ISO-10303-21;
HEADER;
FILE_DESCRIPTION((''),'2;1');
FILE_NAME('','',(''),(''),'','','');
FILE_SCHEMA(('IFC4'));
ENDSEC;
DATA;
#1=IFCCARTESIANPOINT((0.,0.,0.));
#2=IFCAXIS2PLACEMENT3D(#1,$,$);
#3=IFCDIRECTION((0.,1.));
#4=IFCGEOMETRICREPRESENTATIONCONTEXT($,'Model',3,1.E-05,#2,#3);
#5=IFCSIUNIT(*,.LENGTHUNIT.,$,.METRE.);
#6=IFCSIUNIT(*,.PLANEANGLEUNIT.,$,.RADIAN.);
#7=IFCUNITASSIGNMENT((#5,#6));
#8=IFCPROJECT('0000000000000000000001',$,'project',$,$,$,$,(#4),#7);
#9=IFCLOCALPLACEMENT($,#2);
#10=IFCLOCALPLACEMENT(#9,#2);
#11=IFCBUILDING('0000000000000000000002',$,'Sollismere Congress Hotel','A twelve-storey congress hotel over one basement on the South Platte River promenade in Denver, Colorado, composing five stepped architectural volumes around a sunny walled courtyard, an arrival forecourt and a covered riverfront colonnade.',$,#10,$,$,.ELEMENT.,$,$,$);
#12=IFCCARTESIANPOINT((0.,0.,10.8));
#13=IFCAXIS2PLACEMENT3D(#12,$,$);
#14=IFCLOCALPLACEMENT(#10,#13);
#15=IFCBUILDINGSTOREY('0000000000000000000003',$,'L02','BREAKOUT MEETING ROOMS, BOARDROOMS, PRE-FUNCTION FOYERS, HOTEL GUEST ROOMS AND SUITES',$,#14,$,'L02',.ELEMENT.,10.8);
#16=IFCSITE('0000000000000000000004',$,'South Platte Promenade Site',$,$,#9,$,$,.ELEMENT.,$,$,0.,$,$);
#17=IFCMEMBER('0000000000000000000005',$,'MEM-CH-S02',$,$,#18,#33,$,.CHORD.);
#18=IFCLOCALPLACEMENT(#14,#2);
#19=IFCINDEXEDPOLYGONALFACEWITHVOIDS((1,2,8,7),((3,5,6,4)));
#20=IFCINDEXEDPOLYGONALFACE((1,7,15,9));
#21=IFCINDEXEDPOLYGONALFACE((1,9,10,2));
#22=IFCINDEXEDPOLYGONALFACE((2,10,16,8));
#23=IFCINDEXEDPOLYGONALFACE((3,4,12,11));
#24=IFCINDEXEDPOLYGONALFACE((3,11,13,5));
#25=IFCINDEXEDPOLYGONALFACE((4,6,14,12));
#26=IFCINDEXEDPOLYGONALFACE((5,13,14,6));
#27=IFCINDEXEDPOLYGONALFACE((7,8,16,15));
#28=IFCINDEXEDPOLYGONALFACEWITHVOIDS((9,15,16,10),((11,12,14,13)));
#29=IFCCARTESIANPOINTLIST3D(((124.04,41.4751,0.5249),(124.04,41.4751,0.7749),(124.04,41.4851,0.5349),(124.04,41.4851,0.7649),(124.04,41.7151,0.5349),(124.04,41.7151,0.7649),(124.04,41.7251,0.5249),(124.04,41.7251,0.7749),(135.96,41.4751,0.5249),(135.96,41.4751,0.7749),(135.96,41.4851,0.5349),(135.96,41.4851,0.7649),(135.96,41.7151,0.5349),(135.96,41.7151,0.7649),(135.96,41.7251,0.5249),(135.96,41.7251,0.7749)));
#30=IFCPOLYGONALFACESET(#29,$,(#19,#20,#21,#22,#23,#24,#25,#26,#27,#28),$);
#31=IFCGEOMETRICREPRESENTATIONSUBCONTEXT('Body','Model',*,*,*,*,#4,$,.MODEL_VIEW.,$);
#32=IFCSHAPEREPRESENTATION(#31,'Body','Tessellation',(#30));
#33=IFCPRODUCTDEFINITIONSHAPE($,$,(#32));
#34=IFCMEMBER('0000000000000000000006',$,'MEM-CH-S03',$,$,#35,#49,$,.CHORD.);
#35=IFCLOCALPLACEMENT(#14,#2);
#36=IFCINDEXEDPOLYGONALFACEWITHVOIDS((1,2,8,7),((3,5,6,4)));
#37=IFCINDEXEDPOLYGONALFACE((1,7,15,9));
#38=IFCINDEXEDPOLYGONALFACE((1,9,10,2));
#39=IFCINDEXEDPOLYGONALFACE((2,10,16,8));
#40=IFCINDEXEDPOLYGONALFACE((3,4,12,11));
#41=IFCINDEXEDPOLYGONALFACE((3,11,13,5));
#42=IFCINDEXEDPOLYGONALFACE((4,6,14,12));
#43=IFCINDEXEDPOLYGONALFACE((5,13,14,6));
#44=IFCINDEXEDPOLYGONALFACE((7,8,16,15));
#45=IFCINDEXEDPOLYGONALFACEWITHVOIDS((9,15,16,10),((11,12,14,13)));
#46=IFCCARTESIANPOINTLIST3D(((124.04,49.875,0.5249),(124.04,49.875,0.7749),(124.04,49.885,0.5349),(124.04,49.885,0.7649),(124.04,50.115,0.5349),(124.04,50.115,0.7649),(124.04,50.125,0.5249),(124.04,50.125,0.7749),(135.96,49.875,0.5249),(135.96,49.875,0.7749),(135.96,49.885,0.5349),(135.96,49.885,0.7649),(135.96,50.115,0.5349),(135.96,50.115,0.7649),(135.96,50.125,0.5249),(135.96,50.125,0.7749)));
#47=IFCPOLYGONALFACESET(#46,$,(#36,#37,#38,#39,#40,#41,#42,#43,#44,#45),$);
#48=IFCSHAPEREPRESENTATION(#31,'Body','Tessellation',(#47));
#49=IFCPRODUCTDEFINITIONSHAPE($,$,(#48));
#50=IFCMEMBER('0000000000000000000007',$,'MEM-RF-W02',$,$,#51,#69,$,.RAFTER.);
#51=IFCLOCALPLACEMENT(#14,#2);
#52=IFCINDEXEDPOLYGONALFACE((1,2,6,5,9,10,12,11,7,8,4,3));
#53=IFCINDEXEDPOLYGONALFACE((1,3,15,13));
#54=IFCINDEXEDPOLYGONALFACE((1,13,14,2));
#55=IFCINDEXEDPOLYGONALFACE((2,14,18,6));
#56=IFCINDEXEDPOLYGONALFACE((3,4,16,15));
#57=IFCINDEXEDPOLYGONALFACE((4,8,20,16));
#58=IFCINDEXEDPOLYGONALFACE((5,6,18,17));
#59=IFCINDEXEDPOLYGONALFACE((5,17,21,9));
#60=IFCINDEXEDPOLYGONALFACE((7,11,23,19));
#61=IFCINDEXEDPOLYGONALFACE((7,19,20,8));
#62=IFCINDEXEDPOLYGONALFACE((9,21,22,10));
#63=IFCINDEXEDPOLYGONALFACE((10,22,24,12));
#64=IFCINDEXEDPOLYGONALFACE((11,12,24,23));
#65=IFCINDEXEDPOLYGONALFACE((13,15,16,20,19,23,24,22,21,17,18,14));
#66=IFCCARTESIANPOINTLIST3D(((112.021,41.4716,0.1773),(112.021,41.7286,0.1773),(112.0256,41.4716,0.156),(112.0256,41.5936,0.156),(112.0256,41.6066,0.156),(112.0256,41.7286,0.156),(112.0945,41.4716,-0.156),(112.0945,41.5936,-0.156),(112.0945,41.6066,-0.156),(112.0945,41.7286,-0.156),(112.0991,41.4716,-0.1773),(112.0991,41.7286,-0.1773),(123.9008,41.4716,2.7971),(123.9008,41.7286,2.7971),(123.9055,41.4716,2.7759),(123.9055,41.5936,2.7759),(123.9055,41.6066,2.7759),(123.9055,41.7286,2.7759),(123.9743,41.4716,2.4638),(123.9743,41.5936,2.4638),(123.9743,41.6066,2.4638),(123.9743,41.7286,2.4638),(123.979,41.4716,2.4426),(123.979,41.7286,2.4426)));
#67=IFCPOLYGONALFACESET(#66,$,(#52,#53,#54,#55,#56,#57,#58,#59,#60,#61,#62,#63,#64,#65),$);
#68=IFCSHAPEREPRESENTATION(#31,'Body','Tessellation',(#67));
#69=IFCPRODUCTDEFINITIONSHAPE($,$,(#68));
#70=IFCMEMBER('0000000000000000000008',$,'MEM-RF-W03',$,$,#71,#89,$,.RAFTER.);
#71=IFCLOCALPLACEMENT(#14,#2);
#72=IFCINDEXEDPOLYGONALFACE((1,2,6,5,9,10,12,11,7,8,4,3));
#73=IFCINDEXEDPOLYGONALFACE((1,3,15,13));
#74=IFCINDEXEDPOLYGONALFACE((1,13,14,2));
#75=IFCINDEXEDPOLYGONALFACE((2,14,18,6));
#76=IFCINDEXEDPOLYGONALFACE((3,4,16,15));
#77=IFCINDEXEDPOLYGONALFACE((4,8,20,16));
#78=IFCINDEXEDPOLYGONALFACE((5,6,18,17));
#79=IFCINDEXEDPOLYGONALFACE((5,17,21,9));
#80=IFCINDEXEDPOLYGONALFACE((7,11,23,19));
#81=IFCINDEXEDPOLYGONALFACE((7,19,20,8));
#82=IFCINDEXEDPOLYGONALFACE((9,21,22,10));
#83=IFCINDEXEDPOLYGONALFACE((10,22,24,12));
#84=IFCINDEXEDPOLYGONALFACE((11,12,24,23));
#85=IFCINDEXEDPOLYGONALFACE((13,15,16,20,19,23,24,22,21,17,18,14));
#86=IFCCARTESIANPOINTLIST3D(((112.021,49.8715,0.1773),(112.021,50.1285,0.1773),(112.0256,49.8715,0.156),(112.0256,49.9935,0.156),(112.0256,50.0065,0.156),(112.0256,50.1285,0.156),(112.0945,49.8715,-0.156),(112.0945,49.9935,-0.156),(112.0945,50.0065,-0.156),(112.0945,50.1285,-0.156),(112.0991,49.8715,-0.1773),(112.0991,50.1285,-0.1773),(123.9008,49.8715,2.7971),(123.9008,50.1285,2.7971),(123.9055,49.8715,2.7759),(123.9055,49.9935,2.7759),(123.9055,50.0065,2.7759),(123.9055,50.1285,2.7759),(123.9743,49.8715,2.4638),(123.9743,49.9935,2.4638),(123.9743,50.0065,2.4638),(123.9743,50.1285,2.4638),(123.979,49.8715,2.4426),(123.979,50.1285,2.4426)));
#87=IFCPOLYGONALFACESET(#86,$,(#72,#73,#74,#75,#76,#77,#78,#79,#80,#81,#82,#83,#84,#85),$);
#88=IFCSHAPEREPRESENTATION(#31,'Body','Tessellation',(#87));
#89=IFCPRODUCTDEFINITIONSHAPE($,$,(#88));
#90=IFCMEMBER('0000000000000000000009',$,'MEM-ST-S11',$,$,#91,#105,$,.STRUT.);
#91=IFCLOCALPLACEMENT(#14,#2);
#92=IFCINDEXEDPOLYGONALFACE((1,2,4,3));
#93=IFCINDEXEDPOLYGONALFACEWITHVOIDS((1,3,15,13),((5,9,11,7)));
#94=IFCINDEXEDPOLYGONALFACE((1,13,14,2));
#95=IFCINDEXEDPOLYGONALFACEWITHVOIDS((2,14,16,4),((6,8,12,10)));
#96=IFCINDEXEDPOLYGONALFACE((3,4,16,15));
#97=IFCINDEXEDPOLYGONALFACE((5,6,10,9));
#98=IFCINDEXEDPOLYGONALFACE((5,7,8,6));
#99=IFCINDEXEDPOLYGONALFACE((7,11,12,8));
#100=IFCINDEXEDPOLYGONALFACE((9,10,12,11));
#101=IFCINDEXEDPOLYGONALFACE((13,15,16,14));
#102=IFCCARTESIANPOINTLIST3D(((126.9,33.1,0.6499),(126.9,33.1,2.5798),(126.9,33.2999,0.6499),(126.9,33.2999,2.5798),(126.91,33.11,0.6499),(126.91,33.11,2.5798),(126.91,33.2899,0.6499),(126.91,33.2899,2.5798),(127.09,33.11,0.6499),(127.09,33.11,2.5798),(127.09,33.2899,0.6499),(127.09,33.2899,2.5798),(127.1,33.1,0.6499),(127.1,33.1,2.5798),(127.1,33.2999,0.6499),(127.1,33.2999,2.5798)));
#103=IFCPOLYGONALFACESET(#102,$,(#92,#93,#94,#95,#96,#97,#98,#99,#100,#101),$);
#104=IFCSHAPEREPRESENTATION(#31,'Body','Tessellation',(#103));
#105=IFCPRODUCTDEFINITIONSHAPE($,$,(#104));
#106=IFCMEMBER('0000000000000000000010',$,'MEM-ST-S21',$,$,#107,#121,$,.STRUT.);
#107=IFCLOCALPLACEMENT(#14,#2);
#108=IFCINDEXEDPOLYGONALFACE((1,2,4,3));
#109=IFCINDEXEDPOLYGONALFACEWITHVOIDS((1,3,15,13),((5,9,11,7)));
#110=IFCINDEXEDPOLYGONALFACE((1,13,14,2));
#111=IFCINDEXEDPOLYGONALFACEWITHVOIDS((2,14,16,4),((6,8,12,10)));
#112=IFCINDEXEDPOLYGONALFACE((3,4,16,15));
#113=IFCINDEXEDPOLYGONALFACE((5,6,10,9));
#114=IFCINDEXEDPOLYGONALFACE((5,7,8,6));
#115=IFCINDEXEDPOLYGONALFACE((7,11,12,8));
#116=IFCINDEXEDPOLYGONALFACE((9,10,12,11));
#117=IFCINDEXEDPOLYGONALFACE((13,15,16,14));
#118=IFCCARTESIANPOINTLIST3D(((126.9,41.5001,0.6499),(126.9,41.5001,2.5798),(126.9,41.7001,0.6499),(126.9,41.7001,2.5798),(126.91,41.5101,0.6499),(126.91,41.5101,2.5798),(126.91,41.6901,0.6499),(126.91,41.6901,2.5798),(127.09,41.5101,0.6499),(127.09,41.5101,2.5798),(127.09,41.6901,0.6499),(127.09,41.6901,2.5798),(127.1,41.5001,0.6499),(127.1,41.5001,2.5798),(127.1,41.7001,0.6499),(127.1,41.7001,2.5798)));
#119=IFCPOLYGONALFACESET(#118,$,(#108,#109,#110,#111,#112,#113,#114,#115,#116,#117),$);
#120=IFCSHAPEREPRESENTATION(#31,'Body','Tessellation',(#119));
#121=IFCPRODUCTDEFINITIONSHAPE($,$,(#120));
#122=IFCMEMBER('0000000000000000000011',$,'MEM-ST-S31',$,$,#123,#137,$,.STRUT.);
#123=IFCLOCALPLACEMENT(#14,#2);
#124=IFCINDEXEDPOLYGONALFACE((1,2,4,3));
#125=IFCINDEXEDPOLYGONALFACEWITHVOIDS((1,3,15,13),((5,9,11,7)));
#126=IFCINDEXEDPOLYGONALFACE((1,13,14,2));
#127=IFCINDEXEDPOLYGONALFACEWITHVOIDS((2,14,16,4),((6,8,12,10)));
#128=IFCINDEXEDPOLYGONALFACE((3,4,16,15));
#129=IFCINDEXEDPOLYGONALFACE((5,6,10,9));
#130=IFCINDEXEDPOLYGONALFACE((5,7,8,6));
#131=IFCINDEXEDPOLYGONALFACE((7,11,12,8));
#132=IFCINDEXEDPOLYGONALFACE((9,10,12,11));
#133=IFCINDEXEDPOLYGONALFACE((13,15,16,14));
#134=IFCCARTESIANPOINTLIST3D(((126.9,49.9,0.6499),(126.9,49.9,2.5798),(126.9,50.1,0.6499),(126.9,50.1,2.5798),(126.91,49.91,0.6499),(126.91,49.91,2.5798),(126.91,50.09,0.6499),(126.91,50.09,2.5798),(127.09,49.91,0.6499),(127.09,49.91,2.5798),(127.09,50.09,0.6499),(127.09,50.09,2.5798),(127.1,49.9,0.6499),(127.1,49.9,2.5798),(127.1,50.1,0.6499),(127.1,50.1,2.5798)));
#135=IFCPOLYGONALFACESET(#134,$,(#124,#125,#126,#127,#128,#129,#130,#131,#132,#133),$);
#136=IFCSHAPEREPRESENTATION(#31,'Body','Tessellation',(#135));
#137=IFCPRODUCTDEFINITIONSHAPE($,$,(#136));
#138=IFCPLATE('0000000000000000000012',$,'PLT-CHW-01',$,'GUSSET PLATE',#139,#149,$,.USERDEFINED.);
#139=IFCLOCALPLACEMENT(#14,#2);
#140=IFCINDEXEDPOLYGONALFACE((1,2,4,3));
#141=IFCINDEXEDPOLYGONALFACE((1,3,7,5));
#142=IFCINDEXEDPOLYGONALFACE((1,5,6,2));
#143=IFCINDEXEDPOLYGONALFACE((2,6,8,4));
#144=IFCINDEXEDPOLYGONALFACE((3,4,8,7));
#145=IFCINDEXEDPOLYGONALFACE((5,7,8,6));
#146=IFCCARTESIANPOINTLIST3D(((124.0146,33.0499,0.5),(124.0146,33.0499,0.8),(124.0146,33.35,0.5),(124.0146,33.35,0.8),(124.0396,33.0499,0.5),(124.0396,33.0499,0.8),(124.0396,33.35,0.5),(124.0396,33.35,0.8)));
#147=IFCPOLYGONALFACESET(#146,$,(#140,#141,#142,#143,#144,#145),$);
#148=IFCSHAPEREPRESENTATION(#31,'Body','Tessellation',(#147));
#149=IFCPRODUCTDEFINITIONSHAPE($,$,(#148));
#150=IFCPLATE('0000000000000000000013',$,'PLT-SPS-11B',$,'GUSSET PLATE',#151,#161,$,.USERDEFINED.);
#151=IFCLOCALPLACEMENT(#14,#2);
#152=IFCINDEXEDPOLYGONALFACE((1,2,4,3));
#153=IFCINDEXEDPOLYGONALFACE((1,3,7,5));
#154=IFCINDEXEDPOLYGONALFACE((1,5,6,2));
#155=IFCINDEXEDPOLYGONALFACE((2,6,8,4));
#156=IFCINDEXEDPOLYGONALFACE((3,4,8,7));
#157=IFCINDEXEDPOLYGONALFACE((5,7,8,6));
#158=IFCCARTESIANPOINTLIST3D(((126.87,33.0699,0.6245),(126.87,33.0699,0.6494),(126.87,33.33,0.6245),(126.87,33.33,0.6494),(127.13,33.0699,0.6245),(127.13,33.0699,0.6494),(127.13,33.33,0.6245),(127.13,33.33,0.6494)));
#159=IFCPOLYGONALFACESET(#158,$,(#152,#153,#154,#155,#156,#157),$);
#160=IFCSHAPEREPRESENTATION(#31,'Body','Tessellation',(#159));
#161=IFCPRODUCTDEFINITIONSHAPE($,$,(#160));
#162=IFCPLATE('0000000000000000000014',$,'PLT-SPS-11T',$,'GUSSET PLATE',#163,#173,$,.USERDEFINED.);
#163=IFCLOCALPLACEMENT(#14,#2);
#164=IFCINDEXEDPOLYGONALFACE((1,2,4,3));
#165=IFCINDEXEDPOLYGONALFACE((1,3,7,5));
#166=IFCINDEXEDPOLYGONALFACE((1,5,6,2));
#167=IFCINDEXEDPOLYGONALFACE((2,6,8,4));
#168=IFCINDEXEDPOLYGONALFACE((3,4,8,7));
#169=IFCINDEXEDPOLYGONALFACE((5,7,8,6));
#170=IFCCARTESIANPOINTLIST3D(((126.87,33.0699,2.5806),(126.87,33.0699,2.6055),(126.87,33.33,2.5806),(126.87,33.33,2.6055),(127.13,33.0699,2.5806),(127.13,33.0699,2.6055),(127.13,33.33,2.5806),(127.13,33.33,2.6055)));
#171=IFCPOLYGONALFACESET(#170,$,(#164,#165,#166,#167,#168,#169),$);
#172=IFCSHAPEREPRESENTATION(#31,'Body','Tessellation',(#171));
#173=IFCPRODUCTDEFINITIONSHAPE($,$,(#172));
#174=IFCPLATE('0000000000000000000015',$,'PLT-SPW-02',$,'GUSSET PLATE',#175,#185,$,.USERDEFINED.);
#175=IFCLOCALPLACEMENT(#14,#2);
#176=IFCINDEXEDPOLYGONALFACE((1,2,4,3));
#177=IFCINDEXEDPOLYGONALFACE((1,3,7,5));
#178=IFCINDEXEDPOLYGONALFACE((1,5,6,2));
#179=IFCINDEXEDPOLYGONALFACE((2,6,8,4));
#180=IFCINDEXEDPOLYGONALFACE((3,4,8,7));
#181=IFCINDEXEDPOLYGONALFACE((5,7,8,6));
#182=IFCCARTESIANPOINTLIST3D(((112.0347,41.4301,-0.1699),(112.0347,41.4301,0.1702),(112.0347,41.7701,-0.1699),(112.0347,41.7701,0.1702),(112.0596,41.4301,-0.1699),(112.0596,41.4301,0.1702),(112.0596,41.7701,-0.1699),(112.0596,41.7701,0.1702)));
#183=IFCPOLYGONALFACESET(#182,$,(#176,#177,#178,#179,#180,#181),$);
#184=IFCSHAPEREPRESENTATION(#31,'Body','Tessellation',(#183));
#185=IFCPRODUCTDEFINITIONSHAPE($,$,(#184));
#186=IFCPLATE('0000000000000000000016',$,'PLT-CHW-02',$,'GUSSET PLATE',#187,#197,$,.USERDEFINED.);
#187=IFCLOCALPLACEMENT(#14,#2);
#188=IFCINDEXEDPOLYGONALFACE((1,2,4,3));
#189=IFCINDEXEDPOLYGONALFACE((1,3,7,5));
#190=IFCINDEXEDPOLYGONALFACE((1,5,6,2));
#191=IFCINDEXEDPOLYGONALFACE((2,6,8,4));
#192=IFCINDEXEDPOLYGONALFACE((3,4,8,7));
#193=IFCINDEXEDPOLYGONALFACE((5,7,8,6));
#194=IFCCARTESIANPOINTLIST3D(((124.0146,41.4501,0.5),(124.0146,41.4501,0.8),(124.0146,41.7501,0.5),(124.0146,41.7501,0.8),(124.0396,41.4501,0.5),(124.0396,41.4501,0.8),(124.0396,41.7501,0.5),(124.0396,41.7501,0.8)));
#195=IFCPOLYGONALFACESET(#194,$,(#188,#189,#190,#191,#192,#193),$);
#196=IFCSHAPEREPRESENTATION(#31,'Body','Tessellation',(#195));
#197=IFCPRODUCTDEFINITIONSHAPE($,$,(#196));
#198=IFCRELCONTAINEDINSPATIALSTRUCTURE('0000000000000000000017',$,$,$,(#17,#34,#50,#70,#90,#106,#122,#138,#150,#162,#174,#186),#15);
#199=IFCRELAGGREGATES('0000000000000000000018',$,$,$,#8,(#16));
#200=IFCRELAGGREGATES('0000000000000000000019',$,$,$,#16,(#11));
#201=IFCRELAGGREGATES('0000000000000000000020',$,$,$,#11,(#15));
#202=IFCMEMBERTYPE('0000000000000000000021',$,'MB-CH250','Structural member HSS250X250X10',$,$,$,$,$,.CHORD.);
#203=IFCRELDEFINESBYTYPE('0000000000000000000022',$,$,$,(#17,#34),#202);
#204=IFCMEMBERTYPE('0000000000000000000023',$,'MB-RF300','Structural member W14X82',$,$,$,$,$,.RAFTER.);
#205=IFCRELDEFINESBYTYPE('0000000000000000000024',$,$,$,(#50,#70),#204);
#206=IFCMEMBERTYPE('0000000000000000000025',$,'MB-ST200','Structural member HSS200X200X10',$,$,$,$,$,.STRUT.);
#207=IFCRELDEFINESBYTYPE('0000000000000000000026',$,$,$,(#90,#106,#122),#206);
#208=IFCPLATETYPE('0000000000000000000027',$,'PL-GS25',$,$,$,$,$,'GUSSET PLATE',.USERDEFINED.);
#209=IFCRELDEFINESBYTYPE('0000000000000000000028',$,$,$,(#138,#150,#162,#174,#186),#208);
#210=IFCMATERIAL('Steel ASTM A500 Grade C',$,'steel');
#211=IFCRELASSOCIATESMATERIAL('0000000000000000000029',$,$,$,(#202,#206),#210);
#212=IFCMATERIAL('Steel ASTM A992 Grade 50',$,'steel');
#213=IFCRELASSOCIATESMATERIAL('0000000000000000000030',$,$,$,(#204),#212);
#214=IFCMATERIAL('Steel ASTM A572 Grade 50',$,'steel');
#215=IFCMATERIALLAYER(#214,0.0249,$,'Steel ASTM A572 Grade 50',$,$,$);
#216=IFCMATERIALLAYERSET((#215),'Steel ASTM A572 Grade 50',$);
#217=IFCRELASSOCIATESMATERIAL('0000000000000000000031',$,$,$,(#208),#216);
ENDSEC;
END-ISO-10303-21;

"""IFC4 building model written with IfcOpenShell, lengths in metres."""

from ifc_helpers import new_model, si_unit, direction, frame, origin, origin_2d, place, context, subcontext, project, spatial, rectangle, hollow_rectangle, i_section, extrude, material, layer, layer_set, material_profile, profile_set, type_object, element, save


model = new_model("IFC4")

# Units and contexts
model_context = context("Model", 3, precision=1e-05, world=origin(), true_north=direction((0.0, 1.0)))
body_context = subcontext(model_context, "Body", "Model", "MODEL_VIEW")
ifc_project = project(units=[si_unit("LENGTHUNIT", "METRE"), si_unit("PLANEANGLEUNIT", "RADIAN")], contexts=[model_context])

# Site, building, storey
site_placement = place(None, origin())
site = spatial("IfcSite", under=ifc_project, at=site_placement, Name="South Platte Promenade Site", CompositionType="ELEMENT", RefElevation=0.0)
building_placement = place(site_placement, origin())
building = spatial("IfcBuilding", under=site, at=building_placement, Name="Sollismere Congress Hotel", Description="A twelve-storey congress hotel over one basement on the South Platte River promenade in Denver, Colorado, composing five stepped architectural volumes around a sunny walled courtyard, an arrival forecourt and a covered riverfront colonnade.", CompositionType="ELEMENT")
storey_placement = place(building_placement, frame((0.0, 0.0, 10.8)))
storey = spatial("IfcBuildingStorey", under=building, at=storey_placement, Name="L02", Description="BREAKOUT MEETING ROOMS, BOARDROOMS, PRE-FUNCTION FOYERS, HOTEL GUEST ROOMS AND SUITES", LongName="L02", CompositionType="ELEMENT", Elevation=10.8)

# Shared definitions
ifc_material_1 = material(Name="Steel ASTM A992 Grade 50", Category="steel")

# Members
ifc_material_2 = material(Name="Steel ASTM A500 Grade C", Category="steel")
ifc_material_profile_1 = material_profile(ifc_material_2, hollow_rectangle(XDim=0.25, YDim=0.25, WallThickness=0.01, at=origin_2d()), Name="HSS250X250X10")
ifc_profile_set_1 = profile_set([ifc_material_profile_1], Name="Steel ASTM A500 Grade C")
member_type_1 = type_object("IfcMemberType", Name="MB-CH250", Description="Structural member HSS250X250X10", PredefinedType="CHORD", material=ifc_profile_set_1)
for number, where, z_axis, x_axis, name in (
    (1, (124.04, 41.6001, 0.6499), (1.0, 0.0, 0.0), (0.0, 1.0, 0.0), "MEM-CH-S02"),
    (2, (124.04, 50.0, 0.6499), (1.0, 0.0, 0.0), (0.0, 1.0, 0.0), "MEM-CH-S03"),
):
    element("IfcMember", number, at=place(storey_placement, frame(where, z_axis=z_axis, x_axis=x_axis)), inside=storey, type_object=member_type_1, Name=name, PredefinedType="CHORD", context=body_context, shape_type="SweptSolid", body=[
        extrude(hollow_rectangle(XDim=0.25, YDim=0.25, WallThickness=0.01, at=origin_2d()), origin(), (0.0, 0.0, 1.0), 11.9199),
    ])
ifc_material_profile_2 = material_profile(ifc_material_1, i_section(OverallWidth=0.2571, OverallDepth=0.363, WebThickness=0.0129, FlangeThickness=0.0217, at=origin_2d()), Name="W14X82")
ifc_profile_set_2 = profile_set([ifc_material_profile_2], Name="Steel ASTM A992 Grade 50")
member_type_2 = type_object("IfcMemberType", Name="MB-RF300", Description="Structural member W14X82", PredefinedType="RAFTER", material=ifc_profile_set_2)
for number, where, z_axis, x_axis, name in (
    (3, (112.0601, 41.6001, 0.0), (0.976536, 0.0, 0.215356), (0.0, 1.0, 0.0), "MEM-RF-W02"),
    (4, (112.0601, 50.0, 0.0), (0.976536, 0.0, 0.215356), (0.0, 1.0, 0.0), "MEM-RF-W03"),
):
    element("IfcMember", number, at=place(storey_placement, frame(where, z_axis=z_axis, x_axis=x_axis)), inside=storey, type_object=member_type_2, Name=name, PredefinedType="RAFTER", context=body_context, shape_type="SweptSolid", body=[
        extrude(i_section(OverallWidth=0.2571, OverallDepth=0.363, WebThickness=0.0129, FlangeThickness=0.0217, at=origin_2d()), origin(), (0.0, 0.0, 1.0), 12.1653),
    ])
ifc_material_profile_3 = material_profile(ifc_material_2, hollow_rectangle(XDim=0.2, YDim=0.2, WallThickness=0.01, at=origin_2d()), Name="HSS200X200X10")
ifc_profile_set_3 = profile_set([ifc_material_profile_3], Name="Steel ASTM A500 Grade C")
member_type_3 = type_object("IfcMemberType", Name="MB-ST200", Description="Structural member HSS200X200X10", PredefinedType="STRUT", material=ifc_profile_set_3)
for number, where, z_axis, x_axis, name in (
    (5, (127.0, 33.2, 0.6499), (0.0, 0.0, 1.0), (1.0, 0.0, 0.0), "MEM-ST-S11"),
    (6, (127.0, 41.6001, 0.6499), (0.0, 0.0, 1.0), (1.0, 0.0, 0.0), "MEM-ST-S21"),
    (7, (127.0, 50.0, 0.6499), (0.0, 0.0, 1.0), (1.0, 0.0, 0.0), "MEM-ST-S31"),
):
    element("IfcMember", number, at=place(storey_placement, frame(where, z_axis=z_axis, x_axis=x_axis)), inside=storey, type_object=member_type_3, Name=name, PredefinedType="STRUT", context=body_context, shape_type="SweptSolid", body=[
        extrude(hollow_rectangle(XDim=0.2, YDim=0.2, WallThickness=0.01, at=origin_2d()), origin(), (0.0, 0.0, 1.0), 1.9299),
    ])

# Plates
ifc_material_3 = material(Name="Steel ASTM A572 Grade 50", Category="steel")
ifc_layer = layer(ifc_material_3, 0.0249, Name="Steel ASTM A572 Grade 50")
ifc_layer_set = layer_set([ifc_layer], Name="Steel ASTM A572 Grade 50")
plate_type = type_object("IfcPlateType", Name="PL-GS25", ElementType="GUSSET PLATE", PredefinedType="USERDEFINED", material=ifc_layer_set)
plate_1_placement = place(storey_placement, frame((124.0271, 33.2, 0.5), z_axis=(0.0, 0.0, 1.0), x_axis=(1.0, 0.0, 0.0)))
element("IfcPlate", 8, at=plate_1_placement, inside=storey, type_object=plate_type, Name="PLT-CHW-01", ObjectType="GUSSET PLATE", PredefinedType="USERDEFINED", context=body_context, shape_type="SweptSolid", body=[
    extrude(rectangle(XDim=0.0249, YDim=0.3, at=origin_2d()), origin(), (0.0, 0.0, 1.0), 0.3),
])
for number, where, z_axis, x_axis, name in (
    (9, (127.0, 33.2, 0.6245), (0.0, 0.0, 1.0), (1.0, 0.0, 0.0), "PLT-SPS-11B"),
    (10, (127.0, 33.2, 2.5806), (0.0, 0.0, 1.0), (1.0, 0.0, 0.0), "PLT-SPS-11T"),
):
    element("IfcPlate", number, at=place(storey_placement, frame(where, z_axis=z_axis, x_axis=x_axis)), inside=storey, type_object=plate_type, Name=name, ObjectType="GUSSET PLATE", PredefinedType="USERDEFINED", context=body_context, shape_type="SweptSolid", body=[
        extrude(rectangle(XDim=0.26, YDim=0.26, at=origin_2d()), origin(), (0.0, 0.0, 1.0), 0.0249),
    ])
plate_2_placement = place(storey_placement, frame((112.0471, 41.6001, -0.1699), z_axis=(0.0, 0.0, 1.0), x_axis=(1.0, 0.0, 0.0)))
element("IfcPlate", 11, at=plate_2_placement, inside=storey, type_object=plate_type, Name="PLT-SPW-02", ObjectType="GUSSET PLATE", PredefinedType="USERDEFINED", context=body_context, shape_type="SweptSolid", body=[
    extrude(rectangle(XDim=0.0249, YDim=0.3401, at=origin_2d()), origin(), (0.0, 0.0, 1.0), 0.3401),
])
plate_3_placement = place(storey_placement, frame((124.0271, 41.6001, 0.5), z_axis=(0.0, 0.0, 1.0), x_axis=(1.0, 0.0, 0.0)))
element("IfcPlate", 12, at=plate_3_placement, inside=storey, type_object=plate_type, Name="PLT-CHW-02", ObjectType="GUSSET PLATE", PredefinedType="USERDEFINED", context=body_context, shape_type="SweptSolid", body=[
    extrude(rectangle(XDim=0.0249, YDim=0.3, at=origin_2d()), origin(), (0.0, 0.0, 1.0), 0.3),
])

save(model, "model.ifc")
